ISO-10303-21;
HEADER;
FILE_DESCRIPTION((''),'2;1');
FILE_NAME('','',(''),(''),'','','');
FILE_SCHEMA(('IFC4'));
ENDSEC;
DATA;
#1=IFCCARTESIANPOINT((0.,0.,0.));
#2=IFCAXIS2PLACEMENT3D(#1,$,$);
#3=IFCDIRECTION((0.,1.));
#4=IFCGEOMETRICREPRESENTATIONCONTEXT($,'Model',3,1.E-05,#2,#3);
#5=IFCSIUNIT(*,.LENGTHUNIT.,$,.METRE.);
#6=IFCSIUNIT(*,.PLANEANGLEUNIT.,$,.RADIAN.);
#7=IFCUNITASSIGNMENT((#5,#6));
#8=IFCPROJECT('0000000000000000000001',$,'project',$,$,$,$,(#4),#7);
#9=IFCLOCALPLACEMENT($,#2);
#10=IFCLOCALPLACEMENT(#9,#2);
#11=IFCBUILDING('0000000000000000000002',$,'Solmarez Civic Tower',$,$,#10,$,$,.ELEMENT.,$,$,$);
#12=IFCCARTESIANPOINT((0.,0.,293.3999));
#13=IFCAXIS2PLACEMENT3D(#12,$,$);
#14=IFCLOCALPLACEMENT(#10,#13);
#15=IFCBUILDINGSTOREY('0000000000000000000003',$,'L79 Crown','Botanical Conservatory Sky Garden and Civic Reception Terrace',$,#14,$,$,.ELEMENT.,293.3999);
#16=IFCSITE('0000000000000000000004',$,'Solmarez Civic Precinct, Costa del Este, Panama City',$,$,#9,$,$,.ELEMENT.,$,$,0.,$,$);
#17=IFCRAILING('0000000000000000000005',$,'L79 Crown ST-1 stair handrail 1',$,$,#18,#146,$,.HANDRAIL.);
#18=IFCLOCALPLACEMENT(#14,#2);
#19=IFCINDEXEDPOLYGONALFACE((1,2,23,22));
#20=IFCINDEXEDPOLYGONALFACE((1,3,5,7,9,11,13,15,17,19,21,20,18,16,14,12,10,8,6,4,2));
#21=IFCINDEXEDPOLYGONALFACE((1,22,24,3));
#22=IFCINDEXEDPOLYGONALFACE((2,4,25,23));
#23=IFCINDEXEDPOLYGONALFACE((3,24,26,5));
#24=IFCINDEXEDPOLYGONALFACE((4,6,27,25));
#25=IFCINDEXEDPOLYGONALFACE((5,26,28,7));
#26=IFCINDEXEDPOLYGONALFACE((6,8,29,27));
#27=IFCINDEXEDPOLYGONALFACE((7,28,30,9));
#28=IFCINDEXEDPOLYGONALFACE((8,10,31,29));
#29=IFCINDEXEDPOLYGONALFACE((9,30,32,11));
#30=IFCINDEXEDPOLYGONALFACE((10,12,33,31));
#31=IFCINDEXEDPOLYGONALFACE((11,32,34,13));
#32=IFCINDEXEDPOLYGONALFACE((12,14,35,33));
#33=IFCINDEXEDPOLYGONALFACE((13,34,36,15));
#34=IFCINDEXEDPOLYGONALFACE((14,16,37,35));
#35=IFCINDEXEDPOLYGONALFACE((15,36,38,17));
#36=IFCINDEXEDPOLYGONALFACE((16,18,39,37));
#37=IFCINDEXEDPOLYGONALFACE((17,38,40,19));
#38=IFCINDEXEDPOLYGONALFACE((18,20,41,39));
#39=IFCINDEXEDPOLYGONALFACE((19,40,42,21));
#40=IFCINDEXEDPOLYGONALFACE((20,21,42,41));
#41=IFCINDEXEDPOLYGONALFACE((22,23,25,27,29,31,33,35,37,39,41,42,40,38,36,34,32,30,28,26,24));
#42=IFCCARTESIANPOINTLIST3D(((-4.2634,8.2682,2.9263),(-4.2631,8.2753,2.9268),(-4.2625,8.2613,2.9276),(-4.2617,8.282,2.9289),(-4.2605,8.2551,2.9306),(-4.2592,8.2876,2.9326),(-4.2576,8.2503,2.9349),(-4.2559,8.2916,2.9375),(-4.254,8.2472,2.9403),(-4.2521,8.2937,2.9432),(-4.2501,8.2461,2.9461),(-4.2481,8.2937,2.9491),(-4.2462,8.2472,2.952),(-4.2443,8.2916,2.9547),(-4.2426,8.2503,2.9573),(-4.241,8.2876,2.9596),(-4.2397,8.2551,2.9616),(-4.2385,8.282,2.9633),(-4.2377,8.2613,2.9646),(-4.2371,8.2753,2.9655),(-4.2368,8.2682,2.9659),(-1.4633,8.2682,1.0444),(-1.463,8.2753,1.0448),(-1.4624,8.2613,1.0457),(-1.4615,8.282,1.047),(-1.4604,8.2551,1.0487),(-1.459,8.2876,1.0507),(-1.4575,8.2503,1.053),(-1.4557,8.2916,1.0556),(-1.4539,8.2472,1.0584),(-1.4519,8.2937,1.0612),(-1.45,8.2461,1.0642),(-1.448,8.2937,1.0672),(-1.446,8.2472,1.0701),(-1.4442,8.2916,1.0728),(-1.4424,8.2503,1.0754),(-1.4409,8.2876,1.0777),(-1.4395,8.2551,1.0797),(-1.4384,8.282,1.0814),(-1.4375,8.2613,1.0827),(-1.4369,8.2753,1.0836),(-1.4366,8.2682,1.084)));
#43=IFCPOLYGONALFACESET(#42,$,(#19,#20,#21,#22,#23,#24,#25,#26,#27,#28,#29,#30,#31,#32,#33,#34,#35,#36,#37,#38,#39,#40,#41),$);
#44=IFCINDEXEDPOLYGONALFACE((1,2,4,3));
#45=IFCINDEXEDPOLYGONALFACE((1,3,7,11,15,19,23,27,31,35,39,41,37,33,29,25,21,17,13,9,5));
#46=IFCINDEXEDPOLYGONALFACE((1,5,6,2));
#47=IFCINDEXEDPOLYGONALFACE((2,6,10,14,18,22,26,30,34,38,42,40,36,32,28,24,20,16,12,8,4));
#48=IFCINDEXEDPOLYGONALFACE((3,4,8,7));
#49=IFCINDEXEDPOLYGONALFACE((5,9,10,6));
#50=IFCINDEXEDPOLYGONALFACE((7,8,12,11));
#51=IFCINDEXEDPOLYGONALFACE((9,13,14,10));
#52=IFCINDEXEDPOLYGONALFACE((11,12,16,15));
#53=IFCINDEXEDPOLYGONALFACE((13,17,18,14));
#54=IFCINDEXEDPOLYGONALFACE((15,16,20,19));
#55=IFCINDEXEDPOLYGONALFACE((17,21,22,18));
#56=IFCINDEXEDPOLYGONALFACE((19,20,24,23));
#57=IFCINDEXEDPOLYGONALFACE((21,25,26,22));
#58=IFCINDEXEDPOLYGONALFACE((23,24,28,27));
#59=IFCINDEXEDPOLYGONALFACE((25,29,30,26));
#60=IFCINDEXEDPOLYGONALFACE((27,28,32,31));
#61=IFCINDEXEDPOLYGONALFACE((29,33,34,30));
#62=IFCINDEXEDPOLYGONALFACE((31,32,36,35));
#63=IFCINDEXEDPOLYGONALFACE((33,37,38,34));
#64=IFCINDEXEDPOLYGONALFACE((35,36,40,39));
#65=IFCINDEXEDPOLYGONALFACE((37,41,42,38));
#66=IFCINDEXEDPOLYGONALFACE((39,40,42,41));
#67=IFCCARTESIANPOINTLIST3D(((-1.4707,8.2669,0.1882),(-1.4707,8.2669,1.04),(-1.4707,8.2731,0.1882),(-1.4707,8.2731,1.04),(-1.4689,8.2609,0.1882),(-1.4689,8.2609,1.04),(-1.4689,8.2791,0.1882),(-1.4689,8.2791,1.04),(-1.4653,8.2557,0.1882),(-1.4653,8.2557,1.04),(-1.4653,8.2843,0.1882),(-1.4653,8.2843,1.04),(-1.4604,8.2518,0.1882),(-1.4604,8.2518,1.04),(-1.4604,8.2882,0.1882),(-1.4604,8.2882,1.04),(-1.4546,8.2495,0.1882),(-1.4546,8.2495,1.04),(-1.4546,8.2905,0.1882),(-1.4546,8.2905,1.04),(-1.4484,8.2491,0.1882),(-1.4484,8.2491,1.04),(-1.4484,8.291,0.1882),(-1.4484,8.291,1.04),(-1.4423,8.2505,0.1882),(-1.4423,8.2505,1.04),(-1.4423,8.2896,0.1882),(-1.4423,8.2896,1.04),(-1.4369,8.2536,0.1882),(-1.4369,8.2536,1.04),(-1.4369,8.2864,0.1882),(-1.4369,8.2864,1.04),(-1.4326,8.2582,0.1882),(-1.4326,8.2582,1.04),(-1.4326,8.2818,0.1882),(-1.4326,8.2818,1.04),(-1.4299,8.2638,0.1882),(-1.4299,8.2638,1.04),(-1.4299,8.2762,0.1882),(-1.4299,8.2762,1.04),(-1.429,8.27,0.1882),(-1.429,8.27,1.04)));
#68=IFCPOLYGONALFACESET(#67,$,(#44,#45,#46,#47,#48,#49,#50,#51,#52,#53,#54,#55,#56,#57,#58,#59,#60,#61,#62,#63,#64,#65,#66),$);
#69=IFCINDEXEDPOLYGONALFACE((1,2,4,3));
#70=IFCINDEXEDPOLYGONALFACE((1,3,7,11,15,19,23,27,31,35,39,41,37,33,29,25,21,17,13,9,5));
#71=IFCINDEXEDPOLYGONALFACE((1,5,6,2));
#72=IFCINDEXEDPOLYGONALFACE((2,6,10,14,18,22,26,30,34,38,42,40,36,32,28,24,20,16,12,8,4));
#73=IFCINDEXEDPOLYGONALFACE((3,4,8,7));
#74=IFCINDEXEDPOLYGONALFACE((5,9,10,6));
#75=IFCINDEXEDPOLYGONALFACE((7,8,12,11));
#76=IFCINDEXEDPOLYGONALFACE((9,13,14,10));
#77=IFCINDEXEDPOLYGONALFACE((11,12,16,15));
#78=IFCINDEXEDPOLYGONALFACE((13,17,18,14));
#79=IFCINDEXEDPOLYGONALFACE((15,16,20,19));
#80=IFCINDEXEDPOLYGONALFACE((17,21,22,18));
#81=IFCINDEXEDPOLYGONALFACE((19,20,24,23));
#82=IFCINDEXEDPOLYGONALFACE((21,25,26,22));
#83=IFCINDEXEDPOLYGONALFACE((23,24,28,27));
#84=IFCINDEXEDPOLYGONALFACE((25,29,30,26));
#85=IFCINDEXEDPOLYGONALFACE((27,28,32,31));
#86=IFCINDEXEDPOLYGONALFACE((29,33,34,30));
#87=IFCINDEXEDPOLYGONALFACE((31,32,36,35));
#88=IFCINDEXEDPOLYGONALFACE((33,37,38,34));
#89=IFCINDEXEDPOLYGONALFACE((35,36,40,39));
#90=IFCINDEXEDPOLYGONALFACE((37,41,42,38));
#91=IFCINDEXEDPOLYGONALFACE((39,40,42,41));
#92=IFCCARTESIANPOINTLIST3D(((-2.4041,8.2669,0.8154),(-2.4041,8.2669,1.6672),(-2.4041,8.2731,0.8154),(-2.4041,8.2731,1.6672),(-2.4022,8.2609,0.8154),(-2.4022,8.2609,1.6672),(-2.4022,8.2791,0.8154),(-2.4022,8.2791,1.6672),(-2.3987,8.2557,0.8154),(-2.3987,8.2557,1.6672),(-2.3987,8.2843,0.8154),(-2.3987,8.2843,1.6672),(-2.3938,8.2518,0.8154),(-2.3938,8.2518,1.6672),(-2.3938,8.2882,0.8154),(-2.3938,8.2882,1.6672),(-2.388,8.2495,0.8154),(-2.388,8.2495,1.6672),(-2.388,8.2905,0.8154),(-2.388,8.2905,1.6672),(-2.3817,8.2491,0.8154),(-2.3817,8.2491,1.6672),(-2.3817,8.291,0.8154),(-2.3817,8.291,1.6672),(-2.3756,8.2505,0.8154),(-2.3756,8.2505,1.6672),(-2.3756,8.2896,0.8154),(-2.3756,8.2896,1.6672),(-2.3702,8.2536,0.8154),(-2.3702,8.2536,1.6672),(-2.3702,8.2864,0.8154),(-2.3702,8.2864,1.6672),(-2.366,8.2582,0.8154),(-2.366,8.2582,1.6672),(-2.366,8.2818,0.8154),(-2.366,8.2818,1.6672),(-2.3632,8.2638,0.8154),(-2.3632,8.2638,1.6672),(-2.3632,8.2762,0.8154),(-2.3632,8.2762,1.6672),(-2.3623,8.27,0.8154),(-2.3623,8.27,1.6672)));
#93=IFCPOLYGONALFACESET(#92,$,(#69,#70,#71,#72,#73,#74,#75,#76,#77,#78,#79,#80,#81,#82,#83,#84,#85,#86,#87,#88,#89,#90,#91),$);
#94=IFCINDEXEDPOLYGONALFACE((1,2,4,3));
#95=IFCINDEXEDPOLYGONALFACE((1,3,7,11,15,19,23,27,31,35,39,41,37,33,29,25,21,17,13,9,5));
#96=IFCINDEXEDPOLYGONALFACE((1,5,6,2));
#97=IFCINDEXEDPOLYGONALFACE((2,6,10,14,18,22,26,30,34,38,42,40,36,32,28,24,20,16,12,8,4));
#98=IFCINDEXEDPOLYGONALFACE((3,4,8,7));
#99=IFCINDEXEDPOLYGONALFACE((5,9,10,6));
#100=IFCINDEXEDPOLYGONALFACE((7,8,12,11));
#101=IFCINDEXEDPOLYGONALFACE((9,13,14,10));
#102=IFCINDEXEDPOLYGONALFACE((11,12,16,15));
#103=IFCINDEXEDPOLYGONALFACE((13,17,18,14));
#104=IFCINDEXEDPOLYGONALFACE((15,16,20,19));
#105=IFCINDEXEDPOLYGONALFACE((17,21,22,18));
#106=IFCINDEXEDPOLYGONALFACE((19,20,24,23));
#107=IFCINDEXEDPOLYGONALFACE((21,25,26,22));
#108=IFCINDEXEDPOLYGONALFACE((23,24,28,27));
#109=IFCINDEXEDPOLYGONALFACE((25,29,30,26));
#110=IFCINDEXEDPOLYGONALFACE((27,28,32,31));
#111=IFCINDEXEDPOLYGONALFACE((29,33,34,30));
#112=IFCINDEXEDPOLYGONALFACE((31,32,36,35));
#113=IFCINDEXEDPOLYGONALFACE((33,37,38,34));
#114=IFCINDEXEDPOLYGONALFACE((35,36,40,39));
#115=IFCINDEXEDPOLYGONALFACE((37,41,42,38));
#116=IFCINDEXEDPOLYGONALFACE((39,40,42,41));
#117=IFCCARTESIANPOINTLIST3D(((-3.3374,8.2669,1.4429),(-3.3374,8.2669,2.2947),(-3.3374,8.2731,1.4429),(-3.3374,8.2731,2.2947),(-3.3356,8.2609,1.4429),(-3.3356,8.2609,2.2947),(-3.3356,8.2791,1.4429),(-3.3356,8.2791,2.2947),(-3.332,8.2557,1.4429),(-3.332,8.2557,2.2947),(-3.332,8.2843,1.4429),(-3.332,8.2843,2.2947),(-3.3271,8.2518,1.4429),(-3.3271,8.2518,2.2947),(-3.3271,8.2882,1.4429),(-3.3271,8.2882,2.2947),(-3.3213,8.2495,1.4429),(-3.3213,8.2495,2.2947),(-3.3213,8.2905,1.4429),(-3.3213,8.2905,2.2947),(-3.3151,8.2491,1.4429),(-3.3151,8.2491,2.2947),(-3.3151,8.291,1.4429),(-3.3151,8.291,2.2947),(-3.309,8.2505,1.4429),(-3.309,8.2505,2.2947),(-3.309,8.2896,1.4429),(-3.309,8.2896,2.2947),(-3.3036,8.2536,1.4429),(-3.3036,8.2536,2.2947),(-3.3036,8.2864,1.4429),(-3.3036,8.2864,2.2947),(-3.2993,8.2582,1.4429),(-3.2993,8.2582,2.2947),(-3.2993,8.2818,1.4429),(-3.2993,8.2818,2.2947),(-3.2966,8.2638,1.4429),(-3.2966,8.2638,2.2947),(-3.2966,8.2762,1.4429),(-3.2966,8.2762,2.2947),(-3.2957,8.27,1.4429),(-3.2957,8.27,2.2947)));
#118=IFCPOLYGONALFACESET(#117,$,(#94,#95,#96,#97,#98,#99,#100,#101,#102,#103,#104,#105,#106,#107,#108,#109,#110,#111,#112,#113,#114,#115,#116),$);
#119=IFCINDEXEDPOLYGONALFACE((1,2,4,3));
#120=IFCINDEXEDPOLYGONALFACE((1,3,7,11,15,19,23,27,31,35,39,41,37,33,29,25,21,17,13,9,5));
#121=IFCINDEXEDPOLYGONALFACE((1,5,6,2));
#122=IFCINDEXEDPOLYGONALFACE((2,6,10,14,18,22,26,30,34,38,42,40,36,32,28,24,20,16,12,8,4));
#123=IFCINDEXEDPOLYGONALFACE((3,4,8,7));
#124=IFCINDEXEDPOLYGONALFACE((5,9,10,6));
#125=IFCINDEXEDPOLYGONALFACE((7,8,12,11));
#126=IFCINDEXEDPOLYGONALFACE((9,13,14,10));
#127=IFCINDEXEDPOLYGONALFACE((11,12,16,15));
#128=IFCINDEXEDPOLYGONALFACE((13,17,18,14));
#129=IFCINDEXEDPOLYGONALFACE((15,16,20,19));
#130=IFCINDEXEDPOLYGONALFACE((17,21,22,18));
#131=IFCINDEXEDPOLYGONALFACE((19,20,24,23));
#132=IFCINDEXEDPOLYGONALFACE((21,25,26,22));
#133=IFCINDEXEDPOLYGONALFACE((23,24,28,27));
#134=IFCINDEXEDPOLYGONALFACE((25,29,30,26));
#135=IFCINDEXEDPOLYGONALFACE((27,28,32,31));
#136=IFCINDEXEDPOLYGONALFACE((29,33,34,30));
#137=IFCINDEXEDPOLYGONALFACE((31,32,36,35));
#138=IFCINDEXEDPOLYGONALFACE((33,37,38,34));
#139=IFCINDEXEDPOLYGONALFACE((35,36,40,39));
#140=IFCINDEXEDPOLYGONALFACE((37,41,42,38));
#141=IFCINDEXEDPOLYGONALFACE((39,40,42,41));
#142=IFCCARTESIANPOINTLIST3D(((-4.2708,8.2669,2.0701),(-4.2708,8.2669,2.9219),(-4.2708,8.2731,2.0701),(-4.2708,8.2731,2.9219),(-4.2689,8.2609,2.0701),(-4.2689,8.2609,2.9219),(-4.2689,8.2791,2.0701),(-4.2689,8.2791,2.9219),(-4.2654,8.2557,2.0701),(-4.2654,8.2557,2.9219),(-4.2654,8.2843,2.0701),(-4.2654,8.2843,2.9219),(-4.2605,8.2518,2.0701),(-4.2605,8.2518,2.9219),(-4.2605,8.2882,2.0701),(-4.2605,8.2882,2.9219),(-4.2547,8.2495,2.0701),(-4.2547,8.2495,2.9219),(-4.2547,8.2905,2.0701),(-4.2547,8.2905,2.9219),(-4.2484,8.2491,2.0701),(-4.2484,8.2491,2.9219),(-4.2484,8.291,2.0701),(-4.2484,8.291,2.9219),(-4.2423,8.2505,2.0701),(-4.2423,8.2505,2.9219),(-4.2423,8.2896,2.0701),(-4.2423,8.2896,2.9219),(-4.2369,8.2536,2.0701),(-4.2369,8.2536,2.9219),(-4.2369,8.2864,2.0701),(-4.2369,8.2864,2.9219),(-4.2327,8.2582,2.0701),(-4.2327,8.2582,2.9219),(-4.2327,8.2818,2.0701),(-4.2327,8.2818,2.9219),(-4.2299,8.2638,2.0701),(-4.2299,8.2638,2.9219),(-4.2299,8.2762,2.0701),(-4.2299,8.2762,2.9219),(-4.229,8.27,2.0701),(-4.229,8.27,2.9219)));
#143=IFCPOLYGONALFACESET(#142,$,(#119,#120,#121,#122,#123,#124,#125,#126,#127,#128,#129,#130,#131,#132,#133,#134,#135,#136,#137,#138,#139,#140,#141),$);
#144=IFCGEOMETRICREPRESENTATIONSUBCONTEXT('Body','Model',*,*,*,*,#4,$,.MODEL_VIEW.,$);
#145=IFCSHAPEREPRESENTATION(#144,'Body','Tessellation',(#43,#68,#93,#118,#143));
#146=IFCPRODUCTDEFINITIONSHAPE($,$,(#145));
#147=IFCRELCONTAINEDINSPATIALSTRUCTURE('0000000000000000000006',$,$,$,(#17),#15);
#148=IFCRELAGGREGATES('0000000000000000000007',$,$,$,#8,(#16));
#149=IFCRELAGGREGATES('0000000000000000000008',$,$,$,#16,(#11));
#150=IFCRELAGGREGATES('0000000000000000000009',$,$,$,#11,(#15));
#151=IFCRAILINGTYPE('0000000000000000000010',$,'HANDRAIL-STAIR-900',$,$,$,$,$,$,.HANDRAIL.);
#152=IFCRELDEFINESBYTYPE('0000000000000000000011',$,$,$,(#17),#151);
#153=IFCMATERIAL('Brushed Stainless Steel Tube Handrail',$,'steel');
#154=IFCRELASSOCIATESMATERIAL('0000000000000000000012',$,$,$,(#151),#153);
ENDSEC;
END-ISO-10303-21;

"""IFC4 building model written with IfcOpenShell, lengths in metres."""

from ifc_helpers import new_model, si_unit, direction, frame, origin, origin_2d, place, context, subcontext, project, spatial, circle, extrude, material, type_object, element, save


model = new_model("IFC4")

# Units and contexts
model_context = context("Model", 3, precision=1e-05, world=origin(), true_north=direction((0.0, 1.0)))
body_context = subcontext(model_context, "Body", "Model", "MODEL_VIEW")
ifc_project = project(units=[si_unit("LENGTHUNIT", "METRE"), si_unit("PLANEANGLEUNIT", "RADIAN")], contexts=[model_context])

# Site, building, storey
site_placement = place(None, origin())
site = spatial("IfcSite", under=ifc_project, at=site_placement, Name="Solmarez Civic Precinct, Costa del Este, Panama City", CompositionType="ELEMENT", RefElevation=0.0)
building_placement = place(site_placement, origin())
building = spatial("IfcBuilding", under=site, at=building_placement, Name="Solmarez Civic Tower", CompositionType="ELEMENT")
storey_placement = place(building_placement, frame((0.0, 0.0, 293.3999)))
storey = spatial("IfcBuildingStorey", under=building, at=storey_placement, Name="L79 Crown", Description="Botanical Conservatory Sky Garden and Civic Reception Terrace", CompositionType="ELEMENT", Elevation=293.3999)

# Railing
ifc_material_1 = material(Name="Brushed Stainless Steel Tube Handrail", Category="steel")
railing_type_1 = type_object("IfcRailingType", Name="HANDRAIL-STAIR-900", PredefinedType="HANDRAIL", material=ifc_material_1)
railing_1_placement = place(storey_placement, frame((-1.45, 8.27, 0.1882)))
element("IfcRailing", 1, at=railing_1_placement, inside=storey, type_object=railing_type_1, Name="L79 Crown ST-1 stair handrail 1", PredefinedType="HANDRAIL", context=body_context, shape_type="SweptSolid", body=[
    extrude(circle(Radius=0.0239, at=origin_2d()), frame((0.0, 0.0, 0.876), z_axis=(-0.829974, 0.0, 0.557803), x_axis=(0.0, -1.0, 0.0)), (0.0, 0.0, 1.0), 3.3738),
    extrude(circle(Radius=0.021, at=origin_2d()), origin(), (0.0, 0.0, 1.0), 0.8518),
    extrude(circle(Radius=0.021, at=origin_2d()), frame((-0.9333, 0.0, 0.6272)), (0.0, 0.0, 1.0), 0.8518),
    extrude(circle(Radius=0.021, at=origin_2d()), frame((-1.8667, 0.0, 1.2546)), (0.0, 0.0, 1.0), 0.8518),
    extrude(circle(Radius=0.021, at=origin_2d()), frame((-2.8, 0.0, 1.8818)), (0.0, 0.0, 1.0), 0.8518),
])

save(model, "model.ifc")
